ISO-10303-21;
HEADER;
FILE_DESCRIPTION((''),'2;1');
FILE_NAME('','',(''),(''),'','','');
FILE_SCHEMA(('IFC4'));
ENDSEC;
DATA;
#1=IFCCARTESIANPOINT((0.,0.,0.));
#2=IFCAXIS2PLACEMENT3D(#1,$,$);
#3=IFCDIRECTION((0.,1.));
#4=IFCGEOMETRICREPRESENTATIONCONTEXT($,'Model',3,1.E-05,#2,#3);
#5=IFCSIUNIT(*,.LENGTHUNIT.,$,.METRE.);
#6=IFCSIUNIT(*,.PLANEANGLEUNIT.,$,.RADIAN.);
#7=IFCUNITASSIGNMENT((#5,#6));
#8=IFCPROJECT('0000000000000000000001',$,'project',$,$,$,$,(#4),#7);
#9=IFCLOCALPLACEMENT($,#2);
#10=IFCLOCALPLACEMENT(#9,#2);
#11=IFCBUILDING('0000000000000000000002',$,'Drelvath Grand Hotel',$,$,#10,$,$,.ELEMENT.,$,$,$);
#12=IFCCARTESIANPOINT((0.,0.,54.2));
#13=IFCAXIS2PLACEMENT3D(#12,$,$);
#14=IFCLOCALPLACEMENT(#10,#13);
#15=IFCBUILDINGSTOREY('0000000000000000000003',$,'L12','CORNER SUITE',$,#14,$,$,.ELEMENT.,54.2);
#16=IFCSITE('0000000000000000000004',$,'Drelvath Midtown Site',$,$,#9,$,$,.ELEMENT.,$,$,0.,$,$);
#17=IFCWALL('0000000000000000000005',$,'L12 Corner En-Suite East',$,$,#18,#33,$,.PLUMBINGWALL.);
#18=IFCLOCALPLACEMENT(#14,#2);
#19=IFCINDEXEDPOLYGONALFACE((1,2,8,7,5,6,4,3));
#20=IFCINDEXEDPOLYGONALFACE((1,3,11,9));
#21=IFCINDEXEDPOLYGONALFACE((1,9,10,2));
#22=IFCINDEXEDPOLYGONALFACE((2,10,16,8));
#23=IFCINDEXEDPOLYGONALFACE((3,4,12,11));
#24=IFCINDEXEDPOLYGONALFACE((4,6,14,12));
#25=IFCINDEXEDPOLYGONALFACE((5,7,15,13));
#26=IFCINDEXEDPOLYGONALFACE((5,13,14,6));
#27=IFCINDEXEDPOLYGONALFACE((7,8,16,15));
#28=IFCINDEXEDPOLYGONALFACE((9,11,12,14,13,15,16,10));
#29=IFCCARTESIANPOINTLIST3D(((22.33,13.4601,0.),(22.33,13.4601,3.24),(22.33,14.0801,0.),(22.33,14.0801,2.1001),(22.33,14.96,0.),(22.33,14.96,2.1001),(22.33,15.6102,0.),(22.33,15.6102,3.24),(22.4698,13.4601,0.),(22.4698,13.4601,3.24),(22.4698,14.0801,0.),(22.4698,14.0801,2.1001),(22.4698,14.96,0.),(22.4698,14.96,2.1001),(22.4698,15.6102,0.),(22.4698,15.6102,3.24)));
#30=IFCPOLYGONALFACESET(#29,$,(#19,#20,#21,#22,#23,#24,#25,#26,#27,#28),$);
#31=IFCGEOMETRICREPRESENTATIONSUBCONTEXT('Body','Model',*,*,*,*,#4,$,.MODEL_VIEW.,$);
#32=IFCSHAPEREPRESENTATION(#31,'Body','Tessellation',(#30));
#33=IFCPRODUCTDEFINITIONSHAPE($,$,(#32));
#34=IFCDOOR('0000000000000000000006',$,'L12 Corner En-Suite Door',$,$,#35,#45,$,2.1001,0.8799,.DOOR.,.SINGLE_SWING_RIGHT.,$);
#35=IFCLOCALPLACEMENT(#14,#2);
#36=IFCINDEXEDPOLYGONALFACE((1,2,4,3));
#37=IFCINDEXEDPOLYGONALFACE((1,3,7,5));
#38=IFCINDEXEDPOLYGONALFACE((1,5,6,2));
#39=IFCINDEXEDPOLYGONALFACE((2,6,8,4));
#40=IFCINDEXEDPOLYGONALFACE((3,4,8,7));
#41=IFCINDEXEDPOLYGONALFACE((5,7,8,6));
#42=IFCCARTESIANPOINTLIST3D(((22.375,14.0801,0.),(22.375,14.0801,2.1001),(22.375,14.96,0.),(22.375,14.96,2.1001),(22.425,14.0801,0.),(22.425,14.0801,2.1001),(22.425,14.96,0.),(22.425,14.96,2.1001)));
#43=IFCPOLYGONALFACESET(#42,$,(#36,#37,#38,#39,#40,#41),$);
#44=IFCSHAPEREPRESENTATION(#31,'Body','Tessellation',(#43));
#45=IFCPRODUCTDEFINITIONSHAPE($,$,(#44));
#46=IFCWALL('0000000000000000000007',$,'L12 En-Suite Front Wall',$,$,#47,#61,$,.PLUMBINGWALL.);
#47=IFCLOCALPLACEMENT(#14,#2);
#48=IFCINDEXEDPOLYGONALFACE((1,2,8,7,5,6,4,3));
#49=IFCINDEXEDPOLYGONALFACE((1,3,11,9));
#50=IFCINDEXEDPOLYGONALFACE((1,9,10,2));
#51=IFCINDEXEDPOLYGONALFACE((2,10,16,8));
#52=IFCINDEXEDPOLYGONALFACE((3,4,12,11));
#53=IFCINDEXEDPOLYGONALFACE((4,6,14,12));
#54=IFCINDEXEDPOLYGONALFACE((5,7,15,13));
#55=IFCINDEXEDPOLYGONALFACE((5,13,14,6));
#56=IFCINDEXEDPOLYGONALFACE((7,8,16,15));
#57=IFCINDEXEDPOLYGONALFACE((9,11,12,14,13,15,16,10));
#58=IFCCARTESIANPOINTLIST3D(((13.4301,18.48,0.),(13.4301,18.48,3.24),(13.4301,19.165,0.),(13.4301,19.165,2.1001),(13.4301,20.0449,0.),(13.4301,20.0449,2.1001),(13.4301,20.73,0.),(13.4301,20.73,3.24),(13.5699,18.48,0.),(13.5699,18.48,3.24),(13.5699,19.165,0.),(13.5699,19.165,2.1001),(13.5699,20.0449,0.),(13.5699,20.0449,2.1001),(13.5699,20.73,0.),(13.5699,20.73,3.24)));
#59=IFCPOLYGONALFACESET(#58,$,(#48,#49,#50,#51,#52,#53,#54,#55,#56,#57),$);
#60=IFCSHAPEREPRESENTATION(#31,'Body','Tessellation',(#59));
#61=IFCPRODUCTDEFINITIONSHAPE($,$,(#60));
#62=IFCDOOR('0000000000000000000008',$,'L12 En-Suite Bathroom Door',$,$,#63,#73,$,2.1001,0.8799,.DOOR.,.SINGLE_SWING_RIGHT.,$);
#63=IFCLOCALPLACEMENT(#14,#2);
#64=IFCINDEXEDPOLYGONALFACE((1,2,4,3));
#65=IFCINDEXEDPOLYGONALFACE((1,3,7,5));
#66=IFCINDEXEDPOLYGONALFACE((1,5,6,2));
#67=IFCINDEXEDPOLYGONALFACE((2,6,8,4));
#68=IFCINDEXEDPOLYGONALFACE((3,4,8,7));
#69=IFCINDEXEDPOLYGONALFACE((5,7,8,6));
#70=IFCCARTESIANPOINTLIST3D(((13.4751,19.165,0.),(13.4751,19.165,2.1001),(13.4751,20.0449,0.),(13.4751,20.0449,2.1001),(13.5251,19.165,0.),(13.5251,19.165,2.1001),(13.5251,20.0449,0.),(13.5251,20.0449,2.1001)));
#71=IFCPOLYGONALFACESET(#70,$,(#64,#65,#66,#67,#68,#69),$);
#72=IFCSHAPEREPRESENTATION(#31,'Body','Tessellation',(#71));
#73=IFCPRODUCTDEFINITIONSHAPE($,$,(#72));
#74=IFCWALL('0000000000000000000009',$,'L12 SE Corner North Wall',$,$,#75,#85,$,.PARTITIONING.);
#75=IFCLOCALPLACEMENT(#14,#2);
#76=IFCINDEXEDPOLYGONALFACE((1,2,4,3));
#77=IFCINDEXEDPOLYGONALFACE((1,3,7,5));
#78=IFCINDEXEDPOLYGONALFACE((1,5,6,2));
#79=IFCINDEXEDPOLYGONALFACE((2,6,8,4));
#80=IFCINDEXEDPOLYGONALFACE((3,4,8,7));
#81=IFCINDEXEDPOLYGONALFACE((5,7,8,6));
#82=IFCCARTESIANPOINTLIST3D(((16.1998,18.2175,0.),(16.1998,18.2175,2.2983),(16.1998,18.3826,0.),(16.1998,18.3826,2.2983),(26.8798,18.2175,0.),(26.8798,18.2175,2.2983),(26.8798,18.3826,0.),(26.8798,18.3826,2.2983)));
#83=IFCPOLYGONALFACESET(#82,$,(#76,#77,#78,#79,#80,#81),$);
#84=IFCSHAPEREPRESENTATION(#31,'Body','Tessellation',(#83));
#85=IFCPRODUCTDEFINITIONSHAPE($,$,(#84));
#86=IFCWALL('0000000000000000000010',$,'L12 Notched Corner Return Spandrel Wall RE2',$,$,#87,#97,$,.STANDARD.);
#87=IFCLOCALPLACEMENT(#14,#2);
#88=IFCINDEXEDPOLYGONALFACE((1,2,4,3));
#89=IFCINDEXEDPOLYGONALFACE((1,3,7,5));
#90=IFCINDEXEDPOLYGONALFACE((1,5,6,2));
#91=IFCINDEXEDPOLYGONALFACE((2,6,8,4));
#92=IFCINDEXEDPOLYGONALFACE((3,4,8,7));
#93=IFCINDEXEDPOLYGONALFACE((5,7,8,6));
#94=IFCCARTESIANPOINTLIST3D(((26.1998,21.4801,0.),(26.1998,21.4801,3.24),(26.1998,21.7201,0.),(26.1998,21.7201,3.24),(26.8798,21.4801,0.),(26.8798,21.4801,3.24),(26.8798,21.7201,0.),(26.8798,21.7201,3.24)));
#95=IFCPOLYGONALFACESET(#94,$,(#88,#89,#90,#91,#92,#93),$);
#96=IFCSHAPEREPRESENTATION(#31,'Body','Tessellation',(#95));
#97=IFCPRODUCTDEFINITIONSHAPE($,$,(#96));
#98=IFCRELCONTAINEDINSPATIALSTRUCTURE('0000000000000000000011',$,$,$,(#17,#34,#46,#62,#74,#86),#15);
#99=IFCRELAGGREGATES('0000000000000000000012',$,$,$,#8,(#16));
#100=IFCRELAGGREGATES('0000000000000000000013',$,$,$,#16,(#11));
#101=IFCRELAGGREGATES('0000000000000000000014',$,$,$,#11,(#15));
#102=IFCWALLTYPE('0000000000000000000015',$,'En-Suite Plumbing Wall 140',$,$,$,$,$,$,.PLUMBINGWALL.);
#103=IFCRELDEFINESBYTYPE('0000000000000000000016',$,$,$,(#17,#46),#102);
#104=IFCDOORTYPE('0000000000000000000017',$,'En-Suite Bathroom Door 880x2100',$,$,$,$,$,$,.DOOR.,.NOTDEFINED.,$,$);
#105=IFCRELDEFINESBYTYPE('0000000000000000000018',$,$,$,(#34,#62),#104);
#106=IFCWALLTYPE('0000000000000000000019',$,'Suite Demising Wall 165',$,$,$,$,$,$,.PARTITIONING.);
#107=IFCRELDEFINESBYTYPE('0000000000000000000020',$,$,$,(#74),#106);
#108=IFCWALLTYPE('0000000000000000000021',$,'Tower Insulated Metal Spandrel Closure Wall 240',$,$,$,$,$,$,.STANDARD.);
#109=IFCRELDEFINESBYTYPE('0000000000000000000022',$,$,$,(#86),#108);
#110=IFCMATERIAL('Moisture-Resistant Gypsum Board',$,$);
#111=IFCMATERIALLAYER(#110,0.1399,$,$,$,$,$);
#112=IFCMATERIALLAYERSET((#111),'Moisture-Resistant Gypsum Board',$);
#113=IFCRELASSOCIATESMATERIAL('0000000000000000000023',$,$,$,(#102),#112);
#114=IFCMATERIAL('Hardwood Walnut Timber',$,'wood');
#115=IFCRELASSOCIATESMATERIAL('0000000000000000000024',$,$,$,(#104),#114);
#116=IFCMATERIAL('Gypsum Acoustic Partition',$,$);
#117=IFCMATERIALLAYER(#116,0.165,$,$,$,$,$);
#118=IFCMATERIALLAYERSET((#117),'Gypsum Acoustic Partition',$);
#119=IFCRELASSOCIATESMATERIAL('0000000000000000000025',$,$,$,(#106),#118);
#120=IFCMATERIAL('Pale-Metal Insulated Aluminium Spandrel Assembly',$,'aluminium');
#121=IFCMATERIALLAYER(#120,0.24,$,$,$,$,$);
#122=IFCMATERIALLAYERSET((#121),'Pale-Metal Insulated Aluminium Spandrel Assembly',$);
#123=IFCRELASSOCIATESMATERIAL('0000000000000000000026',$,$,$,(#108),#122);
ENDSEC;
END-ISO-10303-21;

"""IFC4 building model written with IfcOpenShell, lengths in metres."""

from ifc_helpers import new_model, si_unit, direction, frame, frame_2d, origin, place, context, subcontext, project, spatial, rectangle, extrude, material, layer, layer_set, type_object, element, fill, save


model = new_model("IFC4")

# Units and contexts
model_context = context("Model", 3, precision=1e-05, world=origin(), true_north=direction((0.0, 1.0)))
body_context = subcontext(model_context, "Body", "Model", "MODEL_VIEW")
ifc_project = project(units=[si_unit("LENGTHUNIT", "METRE"), si_unit("PLANEANGLEUNIT", "RADIAN")], contexts=[model_context])

# Site, building, storey
site_placement = place(None, origin())
site = spatial("IfcSite", under=ifc_project, at=site_placement, Name="Drelvath Midtown Site", CompositionType="ELEMENT", RefElevation=0.0)
building_placement = place(site_placement, origin())
building = spatial("IfcBuilding", under=site, at=building_placement, Name="Drelvath Grand Hotel", CompositionType="ELEMENT")
storey_placement = place(building_placement, frame((0.0, 0.0, 54.2)))
storey = spatial("IfcBuildingStorey", under=building, at=storey_placement, Name="L12", Description="CORNER SUITE", CompositionType="ELEMENT", Elevation=54.2)

# Shared definitions
ifc_material_1 = material(Name="Hardwood Walnut Timber", Category="wood")

# Shared definitions
ifc_material_2 = material(Name="Moisture-Resistant Gypsum Board")
ifc_layer_1 = layer(ifc_material_2, 0.1399)
ifc_layer_set_1 = layer_set([ifc_layer_1], Name="Moisture-Resistant Gypsum Board")
wall_type_1 = type_object("IfcWallType", Name="En-Suite Plumbing Wall 140", PredefinedType="PLUMBINGWALL", material=ifc_layer_set_1)

# Walls, openings, doors
wall_1_placement = place(storey_placement, frame((22.3999, 13.46, 0.0), z_axis=(0.0, 0.0, 1.0), x_axis=(0.0, 1.0, 0.0)))
wall_1 = element("IfcWall", 1, at=wall_1_placement, inside=storey, type_object=wall_type_1, Name="L12 Corner En-Suite East", PredefinedType="PLUMBINGWALL", context=body_context, shape_type="SweptSolid", body=[
    extrude(rectangle(XDim=2.1501, YDim=0.1399, at=frame_2d((1.0752, 0.0))), origin(), (0.0, 0.0, 1.0), 3.24),
])
opening_1_placement = place(wall_1_placement, frame((0.6201, 0.0, 0.0)))
opening_1 = element("IfcOpeningElement", 2, at=opening_1_placement, cuts=wall_1, PredefinedType="OPENING", context=body_context, shape_type="SweptSolid", body=[
    extrude(rectangle(XDim=0.8799, YDim=2.1001, at=frame_2d((0.4399, 1.05))), frame((0.0, 0.0798, 0.0), z_axis=(0.0, -1.0, 0.0), x_axis=(1.0, 0.0, 0.0)), (0.0, 0.0, 1.0), 0.1599),
])
door_type_1 = type_object("IfcDoorType", Name="En-Suite Bathroom Door 880x2100", OperationType="NOTDEFINED", PredefinedType="DOOR", material=ifc_material_1)
door_1_placement = place(opening_1_placement, origin())
door_1 = element("IfcDoor", 3, at=door_1_placement, inside=storey, type_object=door_type_1, Name="L12 Corner En-Suite Door", OperationType="SINGLE_SWING_RIGHT", OverallHeight=2.1001, OverallWidth=0.8799, PredefinedType="DOOR", context=body_context, shape_type="SweptSolid", body=[
    extrude(rectangle(XDim=0.8799, YDim=2.1001, at=frame_2d((0.4399, 1.05))), frame((0.0, 0.0249, 0.0), z_axis=(0.0, -1.0, 0.0), x_axis=(1.0, 0.0, 0.0)), (0.0, 0.0, 1.0), 0.05),
])
fill(opening_1, door_1)
wall_2_placement = place(storey_placement, frame((13.5, 18.48, 0.0), z_axis=(0.0, 0.0, 1.0), x_axis=(0.0, 1.0, 0.0)))
wall_2 = element("IfcWall", 4, at=wall_2_placement, inside=storey, type_object=wall_type_1, Name="L12 En-Suite Front Wall", PredefinedType="PLUMBINGWALL", context=body_context, shape_type="SweptSolid", body=[
    extrude(rectangle(XDim=2.25, YDim=0.1399, at=frame_2d((1.125, 0.0))), origin(), (0.0, 0.0, 1.0), 3.24),
])
opening_2_placement = place(wall_2_placement, frame((0.6851, 0.0, 0.0)))
opening_2 = element("IfcOpeningElement", 5, at=opening_2_placement, cuts=wall_2, PredefinedType="OPENING", context=body_context, shape_type="SweptSolid", body=[
    extrude(rectangle(XDim=0.8799, YDim=2.1001, at=frame_2d((0.4399, 1.05))), frame((0.0, 0.0798, 0.0), z_axis=(0.0, -1.0, 0.0), x_axis=(1.0, 0.0, 0.0)), (0.0, 0.0, 1.0), 0.1599),
])
door_2_placement = place(opening_2_placement, origin())
door_2 = element("IfcDoor", 6, at=door_2_placement, inside=storey, type_object=door_type_1, Name="L12 En-Suite Bathroom Door", OperationType="SINGLE_SWING_RIGHT", OverallHeight=2.1001, OverallWidth=0.8799, PredefinedType="DOOR", context=body_context, shape_type="SweptSolid", body=[
    extrude(rectangle(XDim=0.8799, YDim=2.1001, at=frame_2d((0.4399, 1.05))), frame((0.0, 0.0249, 0.0), z_axis=(0.0, -1.0, 0.0), x_axis=(1.0, 0.0, 0.0)), (0.0, 0.0, 1.0), 0.05),
])
fill(opening_2, door_2)

# Walls
ifc_material_3 = material(Name="Gypsum Acoustic Partition")
ifc_layer_2 = layer(ifc_material_3, 0.165)
ifc_layer_set_2 = layer_set([ifc_layer_2], Name="Gypsum Acoustic Partition")
wall_type_2 = type_object("IfcWallType", Name="Suite Demising Wall 165", PredefinedType="PARTITIONING", material=ifc_layer_set_2)
wall_3_placement = place(storey_placement, frame((16.2, 18.3, 0.0), z_axis=(0.0, 0.0, 1.0), x_axis=(1.0, 0.0, 0.0)))
element("IfcWall", 7, at=wall_3_placement, inside=storey, type_object=wall_type_2, Name="L12 SE Corner North Wall", PredefinedType="PARTITIONING", context=body_context, shape_type="SweptSolid", body=[
    extrude(rectangle(XDim=10.6799, YDim=0.165, at=frame_2d((5.3398, 0.0))), origin(), (0.0, 0.0, 1.0), 2.2983),
])
ifc_material_4 = material(Name="Pale-Metal Insulated Aluminium Spandrel Assembly", Category="aluminium")
ifc_layer_3 = layer(ifc_material_4, 0.24)
ifc_layer_set_3 = layer_set([ifc_layer_3], Name="Pale-Metal Insulated Aluminium Spandrel Assembly")
wall_type_3 = type_object("IfcWallType", Name="Tower Insulated Metal Spandrel Closure Wall 240", PredefinedType="STANDARD", material=ifc_layer_set_3)
wall_4_placement = place(storey_placement, frame((26.2, 21.6001, 0.0), z_axis=(0.0, 0.0, 1.0), x_axis=(1.0, 0.0, 0.0)))
element("IfcWall", 8, at=wall_4_placement, inside=storey, type_object=wall_type_3, Name="L12 Notched Corner Return Spandrel Wall RE2", PredefinedType="STANDARD", context=body_context, shape_type="SweptSolid", body=[
    extrude(rectangle(XDim=0.6799, YDim=0.24, at=frame_2d((0.3398, 0.0))), origin(), (0.0, 0.0, 1.0), 3.24),
])

save(model, "model.ifc")
